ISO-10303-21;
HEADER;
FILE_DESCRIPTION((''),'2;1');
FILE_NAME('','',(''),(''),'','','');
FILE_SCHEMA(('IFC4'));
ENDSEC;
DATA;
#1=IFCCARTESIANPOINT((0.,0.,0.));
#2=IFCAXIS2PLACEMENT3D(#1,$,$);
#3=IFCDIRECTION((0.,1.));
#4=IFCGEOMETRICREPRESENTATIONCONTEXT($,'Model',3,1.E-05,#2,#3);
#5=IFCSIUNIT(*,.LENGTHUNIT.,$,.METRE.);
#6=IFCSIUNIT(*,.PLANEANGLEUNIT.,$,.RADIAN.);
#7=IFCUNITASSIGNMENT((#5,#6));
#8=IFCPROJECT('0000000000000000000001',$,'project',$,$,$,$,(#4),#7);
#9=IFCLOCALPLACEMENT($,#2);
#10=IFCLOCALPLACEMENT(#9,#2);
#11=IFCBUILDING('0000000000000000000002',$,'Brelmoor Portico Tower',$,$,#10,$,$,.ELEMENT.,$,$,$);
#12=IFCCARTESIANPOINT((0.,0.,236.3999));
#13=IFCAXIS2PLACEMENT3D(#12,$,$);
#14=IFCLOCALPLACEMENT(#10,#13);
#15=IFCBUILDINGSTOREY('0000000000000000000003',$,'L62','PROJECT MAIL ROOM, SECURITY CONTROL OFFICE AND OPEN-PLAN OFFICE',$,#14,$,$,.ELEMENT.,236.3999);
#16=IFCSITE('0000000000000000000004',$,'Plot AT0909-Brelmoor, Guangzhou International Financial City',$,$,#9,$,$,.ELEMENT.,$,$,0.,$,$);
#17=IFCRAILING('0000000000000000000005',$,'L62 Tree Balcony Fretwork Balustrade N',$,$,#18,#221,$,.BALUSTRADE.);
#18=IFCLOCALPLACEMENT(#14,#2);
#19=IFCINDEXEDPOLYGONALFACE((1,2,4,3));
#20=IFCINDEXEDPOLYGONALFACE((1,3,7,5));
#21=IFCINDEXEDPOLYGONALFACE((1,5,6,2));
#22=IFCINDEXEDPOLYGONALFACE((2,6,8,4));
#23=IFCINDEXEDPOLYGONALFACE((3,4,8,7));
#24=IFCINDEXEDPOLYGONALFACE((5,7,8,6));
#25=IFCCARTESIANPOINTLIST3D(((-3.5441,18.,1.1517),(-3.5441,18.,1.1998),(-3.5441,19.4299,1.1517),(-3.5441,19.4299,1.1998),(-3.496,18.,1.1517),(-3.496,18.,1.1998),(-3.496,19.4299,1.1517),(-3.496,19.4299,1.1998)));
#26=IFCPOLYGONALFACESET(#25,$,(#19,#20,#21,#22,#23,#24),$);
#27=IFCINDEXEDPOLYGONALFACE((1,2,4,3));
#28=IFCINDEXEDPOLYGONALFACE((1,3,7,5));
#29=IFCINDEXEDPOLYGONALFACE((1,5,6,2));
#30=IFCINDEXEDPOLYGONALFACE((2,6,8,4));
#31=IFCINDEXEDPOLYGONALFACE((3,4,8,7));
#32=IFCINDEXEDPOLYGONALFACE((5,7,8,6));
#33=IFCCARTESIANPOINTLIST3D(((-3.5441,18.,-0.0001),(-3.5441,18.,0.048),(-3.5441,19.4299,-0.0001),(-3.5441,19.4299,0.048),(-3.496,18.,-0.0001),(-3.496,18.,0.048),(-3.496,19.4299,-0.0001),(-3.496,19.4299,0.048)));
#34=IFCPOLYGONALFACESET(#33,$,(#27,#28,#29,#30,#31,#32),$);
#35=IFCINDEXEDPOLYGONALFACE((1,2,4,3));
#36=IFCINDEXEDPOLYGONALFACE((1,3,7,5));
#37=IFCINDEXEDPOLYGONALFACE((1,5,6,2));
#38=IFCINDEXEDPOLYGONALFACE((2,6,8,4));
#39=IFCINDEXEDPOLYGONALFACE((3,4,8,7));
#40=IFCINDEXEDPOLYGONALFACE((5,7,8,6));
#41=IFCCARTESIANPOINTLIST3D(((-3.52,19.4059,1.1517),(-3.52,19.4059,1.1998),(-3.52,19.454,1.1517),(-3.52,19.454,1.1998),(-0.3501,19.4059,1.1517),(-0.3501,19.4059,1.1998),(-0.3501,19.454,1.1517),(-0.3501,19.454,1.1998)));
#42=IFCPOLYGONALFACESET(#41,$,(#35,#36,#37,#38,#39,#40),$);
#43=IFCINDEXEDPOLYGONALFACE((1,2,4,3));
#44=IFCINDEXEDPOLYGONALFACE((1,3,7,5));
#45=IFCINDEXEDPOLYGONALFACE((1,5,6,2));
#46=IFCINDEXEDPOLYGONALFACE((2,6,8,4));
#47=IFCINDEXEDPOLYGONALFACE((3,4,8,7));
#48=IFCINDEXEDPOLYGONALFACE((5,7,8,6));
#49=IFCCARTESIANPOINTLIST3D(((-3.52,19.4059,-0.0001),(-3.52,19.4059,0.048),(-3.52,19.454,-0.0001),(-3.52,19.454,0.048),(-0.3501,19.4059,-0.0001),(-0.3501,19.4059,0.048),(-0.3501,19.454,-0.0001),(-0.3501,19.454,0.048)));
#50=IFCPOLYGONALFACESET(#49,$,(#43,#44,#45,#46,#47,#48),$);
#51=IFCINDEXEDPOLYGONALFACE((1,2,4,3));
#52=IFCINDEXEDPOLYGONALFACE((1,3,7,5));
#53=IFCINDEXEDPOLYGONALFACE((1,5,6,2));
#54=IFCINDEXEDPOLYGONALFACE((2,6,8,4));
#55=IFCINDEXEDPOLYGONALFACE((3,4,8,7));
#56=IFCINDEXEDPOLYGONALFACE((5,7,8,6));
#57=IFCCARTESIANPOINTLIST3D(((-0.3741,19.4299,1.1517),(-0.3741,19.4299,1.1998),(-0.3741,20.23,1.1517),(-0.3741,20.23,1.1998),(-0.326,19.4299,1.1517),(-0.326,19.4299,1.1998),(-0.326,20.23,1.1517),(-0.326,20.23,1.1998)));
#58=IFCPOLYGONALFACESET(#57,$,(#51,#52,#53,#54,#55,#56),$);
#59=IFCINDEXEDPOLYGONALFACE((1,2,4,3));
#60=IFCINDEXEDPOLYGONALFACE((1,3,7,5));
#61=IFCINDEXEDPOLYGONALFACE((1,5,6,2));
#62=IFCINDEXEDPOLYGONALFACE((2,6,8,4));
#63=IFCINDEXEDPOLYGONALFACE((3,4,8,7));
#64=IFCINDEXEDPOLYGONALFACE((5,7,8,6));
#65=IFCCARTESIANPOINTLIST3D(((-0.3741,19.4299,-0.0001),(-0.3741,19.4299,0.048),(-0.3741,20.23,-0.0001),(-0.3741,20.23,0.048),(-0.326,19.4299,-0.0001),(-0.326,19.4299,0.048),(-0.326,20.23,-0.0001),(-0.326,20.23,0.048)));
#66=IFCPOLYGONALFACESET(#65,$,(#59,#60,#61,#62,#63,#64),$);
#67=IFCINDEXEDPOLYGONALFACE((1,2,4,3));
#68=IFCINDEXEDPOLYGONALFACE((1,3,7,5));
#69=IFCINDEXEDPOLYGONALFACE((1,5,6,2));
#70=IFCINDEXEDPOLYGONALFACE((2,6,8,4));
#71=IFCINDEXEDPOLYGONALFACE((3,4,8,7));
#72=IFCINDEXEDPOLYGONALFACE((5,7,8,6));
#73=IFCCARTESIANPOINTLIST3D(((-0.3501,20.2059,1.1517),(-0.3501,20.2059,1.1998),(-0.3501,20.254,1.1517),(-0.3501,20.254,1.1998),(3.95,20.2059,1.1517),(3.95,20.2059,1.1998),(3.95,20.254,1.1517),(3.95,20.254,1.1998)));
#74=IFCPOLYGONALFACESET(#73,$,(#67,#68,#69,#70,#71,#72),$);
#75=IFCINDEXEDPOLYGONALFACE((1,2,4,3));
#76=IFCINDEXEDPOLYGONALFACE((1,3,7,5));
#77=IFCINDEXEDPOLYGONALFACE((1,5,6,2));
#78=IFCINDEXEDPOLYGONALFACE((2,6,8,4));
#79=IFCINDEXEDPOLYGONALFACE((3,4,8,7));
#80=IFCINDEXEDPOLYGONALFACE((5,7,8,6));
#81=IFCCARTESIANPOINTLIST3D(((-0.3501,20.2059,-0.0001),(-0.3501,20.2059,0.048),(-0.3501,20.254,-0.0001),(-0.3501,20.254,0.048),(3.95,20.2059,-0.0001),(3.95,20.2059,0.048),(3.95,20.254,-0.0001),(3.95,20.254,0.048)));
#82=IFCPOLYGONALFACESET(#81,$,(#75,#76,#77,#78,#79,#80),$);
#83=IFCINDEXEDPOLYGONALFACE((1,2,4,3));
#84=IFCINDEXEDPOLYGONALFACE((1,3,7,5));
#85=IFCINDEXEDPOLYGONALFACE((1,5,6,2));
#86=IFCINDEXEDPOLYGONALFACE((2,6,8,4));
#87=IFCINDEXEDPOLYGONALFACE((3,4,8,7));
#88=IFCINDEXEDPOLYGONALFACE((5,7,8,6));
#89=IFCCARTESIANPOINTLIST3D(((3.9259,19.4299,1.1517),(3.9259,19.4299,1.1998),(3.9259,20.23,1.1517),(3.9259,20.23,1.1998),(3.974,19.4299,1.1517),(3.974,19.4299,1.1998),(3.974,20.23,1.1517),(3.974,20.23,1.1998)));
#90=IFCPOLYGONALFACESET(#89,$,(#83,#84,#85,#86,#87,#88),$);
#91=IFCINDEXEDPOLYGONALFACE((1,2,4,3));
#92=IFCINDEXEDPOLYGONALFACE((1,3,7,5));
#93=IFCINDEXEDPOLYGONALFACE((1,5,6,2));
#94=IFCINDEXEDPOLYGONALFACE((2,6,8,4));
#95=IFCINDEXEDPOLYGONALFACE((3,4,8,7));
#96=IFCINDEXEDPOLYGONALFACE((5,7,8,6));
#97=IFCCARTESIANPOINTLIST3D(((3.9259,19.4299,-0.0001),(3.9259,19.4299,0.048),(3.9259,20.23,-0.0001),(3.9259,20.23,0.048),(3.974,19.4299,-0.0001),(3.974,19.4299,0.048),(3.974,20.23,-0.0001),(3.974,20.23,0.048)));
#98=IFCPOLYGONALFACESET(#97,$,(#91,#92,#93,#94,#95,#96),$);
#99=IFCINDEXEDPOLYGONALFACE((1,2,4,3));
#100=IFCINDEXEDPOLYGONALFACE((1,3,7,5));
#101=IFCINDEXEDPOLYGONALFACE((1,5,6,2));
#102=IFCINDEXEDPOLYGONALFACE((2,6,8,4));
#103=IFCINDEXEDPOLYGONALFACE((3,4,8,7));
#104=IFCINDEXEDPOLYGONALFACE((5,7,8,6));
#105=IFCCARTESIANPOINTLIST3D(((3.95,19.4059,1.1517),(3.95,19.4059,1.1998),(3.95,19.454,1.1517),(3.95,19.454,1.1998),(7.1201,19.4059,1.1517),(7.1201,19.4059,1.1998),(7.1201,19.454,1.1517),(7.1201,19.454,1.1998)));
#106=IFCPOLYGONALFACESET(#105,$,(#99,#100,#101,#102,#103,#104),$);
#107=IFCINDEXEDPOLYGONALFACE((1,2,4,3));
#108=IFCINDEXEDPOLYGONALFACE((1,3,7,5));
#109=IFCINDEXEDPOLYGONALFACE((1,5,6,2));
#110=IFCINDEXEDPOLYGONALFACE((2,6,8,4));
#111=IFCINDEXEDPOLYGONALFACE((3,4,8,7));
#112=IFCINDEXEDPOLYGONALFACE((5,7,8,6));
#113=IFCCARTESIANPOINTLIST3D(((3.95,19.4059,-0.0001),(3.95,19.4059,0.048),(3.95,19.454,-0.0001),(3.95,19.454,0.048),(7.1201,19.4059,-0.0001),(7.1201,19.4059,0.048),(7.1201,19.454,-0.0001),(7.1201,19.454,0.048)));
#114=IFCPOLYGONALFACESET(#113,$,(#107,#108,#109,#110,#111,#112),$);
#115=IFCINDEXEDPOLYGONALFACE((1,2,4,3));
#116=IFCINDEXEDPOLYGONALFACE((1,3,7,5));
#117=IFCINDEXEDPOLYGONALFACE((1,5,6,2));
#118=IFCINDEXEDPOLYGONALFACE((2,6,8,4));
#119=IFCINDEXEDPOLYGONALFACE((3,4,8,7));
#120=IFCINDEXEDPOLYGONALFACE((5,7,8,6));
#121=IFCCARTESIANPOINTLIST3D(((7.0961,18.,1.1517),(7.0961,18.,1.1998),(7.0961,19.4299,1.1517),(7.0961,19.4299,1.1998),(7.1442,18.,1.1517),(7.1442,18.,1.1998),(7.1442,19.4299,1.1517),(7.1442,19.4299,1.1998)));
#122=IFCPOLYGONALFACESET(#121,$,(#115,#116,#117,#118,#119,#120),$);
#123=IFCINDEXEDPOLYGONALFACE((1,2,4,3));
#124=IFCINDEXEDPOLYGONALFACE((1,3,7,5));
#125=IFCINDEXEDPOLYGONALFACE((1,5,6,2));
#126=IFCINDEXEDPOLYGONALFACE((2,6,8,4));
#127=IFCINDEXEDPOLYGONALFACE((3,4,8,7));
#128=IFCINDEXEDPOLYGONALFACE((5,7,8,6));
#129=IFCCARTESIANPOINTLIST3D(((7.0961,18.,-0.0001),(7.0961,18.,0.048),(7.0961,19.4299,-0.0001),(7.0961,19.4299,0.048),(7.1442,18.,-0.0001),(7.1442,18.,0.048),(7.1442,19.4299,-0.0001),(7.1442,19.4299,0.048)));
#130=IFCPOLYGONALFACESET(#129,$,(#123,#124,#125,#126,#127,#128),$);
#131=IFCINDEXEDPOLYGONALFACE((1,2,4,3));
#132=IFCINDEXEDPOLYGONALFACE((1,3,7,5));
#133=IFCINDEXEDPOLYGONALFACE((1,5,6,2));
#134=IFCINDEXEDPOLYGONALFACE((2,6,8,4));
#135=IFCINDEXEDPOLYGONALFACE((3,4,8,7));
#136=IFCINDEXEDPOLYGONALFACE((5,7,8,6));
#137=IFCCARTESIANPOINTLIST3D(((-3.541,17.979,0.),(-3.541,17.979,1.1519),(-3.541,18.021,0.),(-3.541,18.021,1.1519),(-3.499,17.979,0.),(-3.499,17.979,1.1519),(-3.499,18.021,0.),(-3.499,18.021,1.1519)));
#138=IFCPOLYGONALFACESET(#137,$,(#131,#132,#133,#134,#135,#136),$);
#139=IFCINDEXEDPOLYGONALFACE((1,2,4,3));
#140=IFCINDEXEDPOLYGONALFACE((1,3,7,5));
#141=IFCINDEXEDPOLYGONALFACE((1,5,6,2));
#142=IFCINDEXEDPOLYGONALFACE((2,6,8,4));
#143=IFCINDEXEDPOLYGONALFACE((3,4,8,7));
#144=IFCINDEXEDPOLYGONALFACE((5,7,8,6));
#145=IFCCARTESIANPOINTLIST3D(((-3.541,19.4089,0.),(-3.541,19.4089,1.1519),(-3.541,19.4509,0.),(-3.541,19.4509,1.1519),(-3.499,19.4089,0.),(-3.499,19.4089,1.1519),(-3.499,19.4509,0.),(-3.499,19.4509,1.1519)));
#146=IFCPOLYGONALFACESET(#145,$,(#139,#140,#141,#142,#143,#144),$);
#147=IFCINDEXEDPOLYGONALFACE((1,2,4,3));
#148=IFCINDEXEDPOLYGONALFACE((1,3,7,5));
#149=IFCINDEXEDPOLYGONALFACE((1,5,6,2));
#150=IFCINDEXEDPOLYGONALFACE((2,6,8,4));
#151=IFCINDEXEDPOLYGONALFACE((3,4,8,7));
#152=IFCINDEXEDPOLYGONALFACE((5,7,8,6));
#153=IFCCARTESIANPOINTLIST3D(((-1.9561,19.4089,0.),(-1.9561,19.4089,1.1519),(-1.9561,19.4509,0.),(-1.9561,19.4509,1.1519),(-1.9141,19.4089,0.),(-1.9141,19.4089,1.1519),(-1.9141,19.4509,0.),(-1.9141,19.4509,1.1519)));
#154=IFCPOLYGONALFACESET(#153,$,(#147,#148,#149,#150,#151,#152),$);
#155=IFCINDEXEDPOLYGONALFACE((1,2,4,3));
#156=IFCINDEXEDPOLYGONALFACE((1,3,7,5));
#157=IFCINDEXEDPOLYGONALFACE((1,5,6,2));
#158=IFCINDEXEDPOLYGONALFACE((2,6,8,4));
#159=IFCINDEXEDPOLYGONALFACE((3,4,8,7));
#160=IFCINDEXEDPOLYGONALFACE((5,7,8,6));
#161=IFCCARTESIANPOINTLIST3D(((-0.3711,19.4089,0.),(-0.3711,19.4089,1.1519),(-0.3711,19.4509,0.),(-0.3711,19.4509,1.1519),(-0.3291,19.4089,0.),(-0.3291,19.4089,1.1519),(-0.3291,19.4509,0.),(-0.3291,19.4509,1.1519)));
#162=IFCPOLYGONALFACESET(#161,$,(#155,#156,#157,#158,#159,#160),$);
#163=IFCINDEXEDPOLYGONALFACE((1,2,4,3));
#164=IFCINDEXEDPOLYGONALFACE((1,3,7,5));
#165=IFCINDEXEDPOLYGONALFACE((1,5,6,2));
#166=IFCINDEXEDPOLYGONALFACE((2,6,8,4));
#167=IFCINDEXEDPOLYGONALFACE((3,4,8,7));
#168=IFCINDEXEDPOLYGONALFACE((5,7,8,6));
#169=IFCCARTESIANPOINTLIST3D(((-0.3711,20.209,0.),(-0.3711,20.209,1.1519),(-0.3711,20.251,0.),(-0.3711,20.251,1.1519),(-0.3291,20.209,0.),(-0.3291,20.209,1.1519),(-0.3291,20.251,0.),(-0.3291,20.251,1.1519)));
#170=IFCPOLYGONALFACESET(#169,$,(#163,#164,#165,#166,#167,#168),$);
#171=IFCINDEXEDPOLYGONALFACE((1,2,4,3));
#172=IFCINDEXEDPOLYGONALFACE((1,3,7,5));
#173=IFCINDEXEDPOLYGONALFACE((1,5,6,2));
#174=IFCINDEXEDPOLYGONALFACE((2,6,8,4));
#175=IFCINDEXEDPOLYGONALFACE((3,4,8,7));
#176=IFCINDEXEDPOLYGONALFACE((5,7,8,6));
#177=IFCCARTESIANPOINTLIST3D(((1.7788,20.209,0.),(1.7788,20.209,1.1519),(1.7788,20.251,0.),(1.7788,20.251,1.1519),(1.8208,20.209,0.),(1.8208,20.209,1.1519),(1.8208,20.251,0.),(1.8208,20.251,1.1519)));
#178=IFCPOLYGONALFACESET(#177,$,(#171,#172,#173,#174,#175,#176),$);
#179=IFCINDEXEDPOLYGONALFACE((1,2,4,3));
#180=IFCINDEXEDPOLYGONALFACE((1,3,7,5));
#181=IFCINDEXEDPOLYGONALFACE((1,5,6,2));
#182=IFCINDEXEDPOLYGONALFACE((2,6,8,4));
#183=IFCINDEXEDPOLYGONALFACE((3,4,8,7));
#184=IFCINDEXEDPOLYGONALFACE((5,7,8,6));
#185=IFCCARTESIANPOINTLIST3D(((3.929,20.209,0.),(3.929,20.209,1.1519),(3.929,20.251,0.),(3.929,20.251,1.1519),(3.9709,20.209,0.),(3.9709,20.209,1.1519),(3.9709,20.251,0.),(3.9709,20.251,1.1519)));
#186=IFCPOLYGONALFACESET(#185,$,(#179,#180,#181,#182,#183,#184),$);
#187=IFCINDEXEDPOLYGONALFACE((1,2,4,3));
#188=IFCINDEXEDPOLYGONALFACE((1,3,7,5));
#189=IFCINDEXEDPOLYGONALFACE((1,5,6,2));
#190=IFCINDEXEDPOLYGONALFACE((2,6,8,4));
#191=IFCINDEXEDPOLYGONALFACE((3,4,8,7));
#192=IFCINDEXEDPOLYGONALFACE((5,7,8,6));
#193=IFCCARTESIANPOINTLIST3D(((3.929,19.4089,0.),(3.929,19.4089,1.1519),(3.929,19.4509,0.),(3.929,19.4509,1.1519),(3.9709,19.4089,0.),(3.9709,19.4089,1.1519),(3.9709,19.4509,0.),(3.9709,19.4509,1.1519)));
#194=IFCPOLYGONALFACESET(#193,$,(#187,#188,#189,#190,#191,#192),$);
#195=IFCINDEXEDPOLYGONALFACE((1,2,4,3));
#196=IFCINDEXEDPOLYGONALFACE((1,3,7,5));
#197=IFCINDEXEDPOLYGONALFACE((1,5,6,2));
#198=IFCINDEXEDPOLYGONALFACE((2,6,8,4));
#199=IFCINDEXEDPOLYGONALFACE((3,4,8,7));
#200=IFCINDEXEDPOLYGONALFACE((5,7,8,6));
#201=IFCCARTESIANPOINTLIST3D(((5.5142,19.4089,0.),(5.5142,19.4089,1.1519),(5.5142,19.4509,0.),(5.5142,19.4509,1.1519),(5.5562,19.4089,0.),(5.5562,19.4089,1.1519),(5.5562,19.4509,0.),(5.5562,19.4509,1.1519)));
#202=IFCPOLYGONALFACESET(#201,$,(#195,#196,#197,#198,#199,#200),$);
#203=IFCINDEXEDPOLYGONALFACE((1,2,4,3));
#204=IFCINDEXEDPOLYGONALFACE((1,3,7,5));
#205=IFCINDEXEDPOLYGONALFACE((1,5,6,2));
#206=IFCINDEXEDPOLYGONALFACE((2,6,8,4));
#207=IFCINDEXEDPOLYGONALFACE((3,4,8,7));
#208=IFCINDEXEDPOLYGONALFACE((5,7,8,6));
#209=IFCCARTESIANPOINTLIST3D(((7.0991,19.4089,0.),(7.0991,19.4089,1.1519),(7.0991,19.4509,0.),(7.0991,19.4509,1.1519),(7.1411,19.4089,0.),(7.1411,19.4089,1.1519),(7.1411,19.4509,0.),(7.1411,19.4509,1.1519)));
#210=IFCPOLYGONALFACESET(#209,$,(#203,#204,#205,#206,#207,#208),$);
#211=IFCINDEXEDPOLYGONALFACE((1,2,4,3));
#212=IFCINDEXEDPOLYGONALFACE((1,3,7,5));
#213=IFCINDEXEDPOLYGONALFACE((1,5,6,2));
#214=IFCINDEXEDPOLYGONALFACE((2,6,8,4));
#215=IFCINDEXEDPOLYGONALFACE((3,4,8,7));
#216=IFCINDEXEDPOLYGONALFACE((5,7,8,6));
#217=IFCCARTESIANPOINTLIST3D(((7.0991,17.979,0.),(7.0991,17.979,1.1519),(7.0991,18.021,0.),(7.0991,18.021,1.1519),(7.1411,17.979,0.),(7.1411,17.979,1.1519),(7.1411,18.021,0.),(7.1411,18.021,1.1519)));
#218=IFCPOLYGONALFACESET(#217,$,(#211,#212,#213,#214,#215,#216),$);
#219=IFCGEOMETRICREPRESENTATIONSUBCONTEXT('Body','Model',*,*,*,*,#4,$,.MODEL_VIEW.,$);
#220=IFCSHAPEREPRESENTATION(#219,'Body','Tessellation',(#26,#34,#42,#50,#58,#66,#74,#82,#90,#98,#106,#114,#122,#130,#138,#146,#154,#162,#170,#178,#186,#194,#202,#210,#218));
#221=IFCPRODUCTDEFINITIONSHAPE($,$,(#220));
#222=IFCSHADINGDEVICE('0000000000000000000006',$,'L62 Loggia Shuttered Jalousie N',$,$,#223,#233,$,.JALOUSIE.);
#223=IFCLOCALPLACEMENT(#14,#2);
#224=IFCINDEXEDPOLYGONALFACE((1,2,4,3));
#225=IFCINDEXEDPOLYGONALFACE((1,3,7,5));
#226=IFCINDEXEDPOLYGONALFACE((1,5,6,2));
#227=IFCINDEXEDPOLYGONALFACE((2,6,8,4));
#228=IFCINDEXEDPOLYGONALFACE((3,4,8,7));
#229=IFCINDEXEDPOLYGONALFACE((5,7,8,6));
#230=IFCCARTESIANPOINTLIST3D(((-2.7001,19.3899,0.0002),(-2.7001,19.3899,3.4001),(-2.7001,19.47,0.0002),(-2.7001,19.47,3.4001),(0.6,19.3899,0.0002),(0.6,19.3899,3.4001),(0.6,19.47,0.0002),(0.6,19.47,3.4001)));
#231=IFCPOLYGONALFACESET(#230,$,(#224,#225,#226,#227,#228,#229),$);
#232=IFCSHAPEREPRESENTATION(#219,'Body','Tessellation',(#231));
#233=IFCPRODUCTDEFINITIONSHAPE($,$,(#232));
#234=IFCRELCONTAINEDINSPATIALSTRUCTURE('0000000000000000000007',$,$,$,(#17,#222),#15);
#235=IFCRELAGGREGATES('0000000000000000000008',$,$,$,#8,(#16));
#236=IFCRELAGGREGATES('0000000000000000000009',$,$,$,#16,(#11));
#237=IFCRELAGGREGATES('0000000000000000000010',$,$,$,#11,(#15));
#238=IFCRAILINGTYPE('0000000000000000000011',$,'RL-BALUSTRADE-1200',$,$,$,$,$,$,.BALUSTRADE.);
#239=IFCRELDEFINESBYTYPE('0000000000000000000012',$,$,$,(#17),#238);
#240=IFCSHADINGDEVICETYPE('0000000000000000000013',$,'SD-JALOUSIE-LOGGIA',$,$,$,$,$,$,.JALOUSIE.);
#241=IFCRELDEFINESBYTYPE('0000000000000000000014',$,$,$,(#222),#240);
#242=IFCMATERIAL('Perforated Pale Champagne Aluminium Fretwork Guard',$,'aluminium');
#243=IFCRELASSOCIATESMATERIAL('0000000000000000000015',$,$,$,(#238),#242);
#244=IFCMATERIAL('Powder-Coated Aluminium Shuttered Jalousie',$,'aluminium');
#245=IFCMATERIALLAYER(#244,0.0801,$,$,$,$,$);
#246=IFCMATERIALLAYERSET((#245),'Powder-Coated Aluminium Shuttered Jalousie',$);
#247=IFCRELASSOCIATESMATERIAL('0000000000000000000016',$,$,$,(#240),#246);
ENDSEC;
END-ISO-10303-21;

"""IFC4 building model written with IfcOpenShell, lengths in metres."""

from ifc_helpers import new_model, si_unit, direction, frame, origin, origin_2d, place, context, subcontext, project, spatial, rectangle, extrude, material, layer, layer_set, type_object, element, save


model = new_model("IFC4")

# Units and contexts
model_context = context("Model", 3, precision=1e-05, world=origin(), true_north=direction((0.0, 1.0)))
body_context = subcontext(model_context, "Body", "Model", "MODEL_VIEW")
ifc_project = project(units=[si_unit("LENGTHUNIT", "METRE"), si_unit("PLANEANGLEUNIT", "RADIAN")], contexts=[model_context])

# Site, building, storey
site_placement = place(None, origin())
site = spatial("IfcSite", under=ifc_project, at=site_placement, Name="Plot AT0909-Brelmoor, Guangzhou International Financial City", CompositionType="ELEMENT", RefElevation=0.0)
building_placement = place(site_placement, origin())
building = spatial("IfcBuilding", under=site, at=building_placement, Name="Brelmoor Portico Tower", CompositionType="ELEMENT")
storey_placement = place(building_placement, frame((0.0, 0.0, 236.3999)))
storey = spatial("IfcBuildingStorey", under=building, at=storey_placement, Name="L62", Description="PROJECT MAIL ROOM, SECURITY CONTROL OFFICE AND OPEN-PLAN OFFICE", CompositionType="ELEMENT", Elevation=236.3999)

# Railing
ifc_material_1 = material(Name="Perforated Pale Champagne Aluminium Fretwork Guard", Category="aluminium")
railing_type = type_object("IfcRailingType", Name="RL-BALUSTRADE-1200", PredefinedType="BALUSTRADE", material=ifc_material_1)
railing_placement = place(storey_placement, frame((-3.52, 18.0, 0.0)))
element("IfcRailing", 1, at=railing_placement, inside=storey, type_object=railing_type, Name="L62 Tree Balcony Fretwork Balustrade N", PredefinedType="BALUSTRADE", context=body_context, shape_type="SweptSolid", body=[
    extrude(rectangle(XDim=0.0481, YDim=0.0481, at=origin_2d()), frame((0.0, 0.0, 1.1758), z_axis=(0.0, 1.0, 0.0), x_axis=(-1.0, 0.0, 0.0)), (0.0, 0.0, 1.0), 1.4299),
    extrude(rectangle(XDim=0.0481, YDim=0.0481, at=origin_2d()), frame((0.0, 0.0, 0.0239), z_axis=(0.0, 1.0, 0.0), x_axis=(-1.0, 0.0, 0.0)), (0.0, 0.0, 1.0), 1.4299),
    extrude(rectangle(XDim=0.0481, YDim=0.0481, at=origin_2d()), frame((0.0, 1.4299, 1.1758), z_axis=(1.0, 0.0, 0.0), x_axis=(0.0, 1.0, 0.0)), (0.0, 0.0, 1.0), 3.1699),
    extrude(rectangle(XDim=0.0481, YDim=0.0481, at=origin_2d()), frame((0.0, 1.4299, 0.0239), z_axis=(1.0, 0.0, 0.0), x_axis=(0.0, 1.0, 0.0)), (0.0, 0.0, 1.0), 3.1699),
    extrude(rectangle(XDim=0.0481, YDim=0.0481, at=origin_2d()), frame((3.1699, 1.4299, 1.1758), z_axis=(0.0, 1.0, 0.0), x_axis=(-1.0, 0.0, 0.0)), (0.0, 0.0, 1.0), 0.8),
    extrude(rectangle(XDim=0.0481, YDim=0.0481, at=origin_2d()), frame((3.1699, 1.4299, 0.0239), z_axis=(0.0, 1.0, 0.0), x_axis=(-1.0, 0.0, 0.0)), (0.0, 0.0, 1.0), 0.8),
    extrude(rectangle(XDim=0.0481, YDim=0.0481, at=origin_2d()), frame((3.1699, 2.23, 1.1758), z_axis=(1.0, 0.0, 0.0), x_axis=(0.0, 1.0, 0.0)), (0.0, 0.0, 1.0), 4.3),
    extrude(rectangle(XDim=0.0481, YDim=0.0481, at=origin_2d()), frame((3.1699, 2.23, 0.0239), z_axis=(1.0, 0.0, 0.0), x_axis=(0.0, 1.0, 0.0)), (0.0, 0.0, 1.0), 4.3),
    extrude(rectangle(XDim=0.0481, YDim=0.0481, at=origin_2d()), frame((7.47, 2.23, 1.1758), z_axis=(0.0, -1.0, 0.0), x_axis=(1.0, 0.0, 0.0)), (0.0, 0.0, 1.0), 0.8),
    extrude(rectangle(XDim=0.0481, YDim=0.0481, at=origin_2d()), frame((7.47, 2.23, 0.0239), z_axis=(0.0, -1.0, 0.0), x_axis=(1.0, 0.0, 0.0)), (0.0, 0.0, 1.0), 0.8),
    extrude(rectangle(XDim=0.0481, YDim=0.0481, at=origin_2d()), frame((7.47, 1.4299, 1.1758), z_axis=(1.0, 0.0, 0.0), x_axis=(0.0, 1.0, 0.0)), (0.0, 0.0, 1.0), 3.1702),
    extrude(rectangle(XDim=0.0481, YDim=0.0481, at=origin_2d()), frame((7.47, 1.4299, 0.0239), z_axis=(1.0, 0.0, 0.0), x_axis=(0.0, 1.0, 0.0)), (0.0, 0.0, 1.0), 3.1702),
    extrude(rectangle(XDim=0.0481, YDim=0.0481, at=origin_2d()), frame((10.6401, 1.4299, 1.1758), z_axis=(0.0, -1.0, 0.0), x_axis=(1.0, 0.0, 0.0)), (0.0, 0.0, 1.0), 1.4299),
    extrude(rectangle(XDim=0.0481, YDim=0.0481, at=origin_2d()), frame((10.6401, 1.4299, 0.0239), z_axis=(0.0, -1.0, 0.0), x_axis=(1.0, 0.0, 0.0)), (0.0, 0.0, 1.0), 1.4299),
    extrude(rectangle(XDim=0.042, YDim=0.042, at=origin_2d()), origin(), (0.0, 0.0, 1.0), 1.1519),
    extrude(rectangle(XDim=0.042, YDim=0.042, at=origin_2d()), frame((0.0, 1.4299, 0.0)), (0.0, 0.0, 1.0), 1.1519),
    extrude(rectangle(XDim=0.042, YDim=0.042, at=origin_2d()), frame((1.585, 1.4299, 0.0)), (0.0, 0.0, 1.0), 1.1519),
    extrude(rectangle(XDim=0.042, YDim=0.042, at=origin_2d()), frame((3.1699, 1.4299, 0.0)), (0.0, 0.0, 1.0), 1.1519),
    extrude(rectangle(XDim=0.042, YDim=0.042, at=origin_2d()), frame((3.1699, 2.23, 0.0)), (0.0, 0.0, 1.0), 1.1519),
    extrude(rectangle(XDim=0.042, YDim=0.042, at=origin_2d()), frame((5.3198, 2.23, 0.0)), (0.0, 0.0, 1.0), 1.1519),
    extrude(rectangle(XDim=0.042, YDim=0.042, at=origin_2d()), frame((7.47, 2.23, 0.0)), (0.0, 0.0, 1.0), 1.1519),
    extrude(rectangle(XDim=0.042, YDim=0.042, at=origin_2d()), frame((7.47, 1.4299, 0.0)), (0.0, 0.0, 1.0), 1.1519),
    extrude(rectangle(XDim=0.042, YDim=0.042, at=origin_2d()), frame((9.0552, 1.4299, 0.0)), (0.0, 0.0, 1.0), 1.1519),
    extrude(rectangle(XDim=0.042, YDim=0.042, at=origin_2d()), frame((10.6401, 1.4299, 0.0)), (0.0, 0.0, 1.0), 1.1519),
    extrude(rectangle(XDim=0.042, YDim=0.042, at=origin_2d()), frame((10.6401, 0.0, 0.0)), (0.0, 0.0, 1.0), 1.1519),
])

# Shading device
ifc_material_2 = material(Name="Powder-Coated Aluminium Shuttered Jalousie", Category="aluminium")
ifc_layer_1 = layer(ifc_material_2, 0.0801)
ifc_layer_set_1 = layer_set([ifc_layer_1], Name="Powder-Coated Aluminium Shuttered Jalousie")
shading_device_type = type_object("IfcShadingDeviceType", Name="SD-JALOUSIE-LOGGIA", PredefinedType="JALOUSIE", material=ifc_layer_set_1)
shading_device_placement = place(storey_placement, frame((-1.05, 19.4299, 0.0002), z_axis=(0.0, 0.0, 1.0), x_axis=(1.0, 0.0, 0.0)))
element("IfcShadingDevice", 2, at=shading_device_placement, inside=storey, type_object=shading_device_type, Name="L62 Loggia Shuttered Jalousie N", PredefinedType="JALOUSIE", context=body_context, shape_type="SweptSolid", body=[
    extrude(rectangle(XDim=3.3, YDim=0.0801, at=origin_2d()), origin(), (0.0, 0.0, 1.0), 3.3999),
])

save(model, "model.ifc")
